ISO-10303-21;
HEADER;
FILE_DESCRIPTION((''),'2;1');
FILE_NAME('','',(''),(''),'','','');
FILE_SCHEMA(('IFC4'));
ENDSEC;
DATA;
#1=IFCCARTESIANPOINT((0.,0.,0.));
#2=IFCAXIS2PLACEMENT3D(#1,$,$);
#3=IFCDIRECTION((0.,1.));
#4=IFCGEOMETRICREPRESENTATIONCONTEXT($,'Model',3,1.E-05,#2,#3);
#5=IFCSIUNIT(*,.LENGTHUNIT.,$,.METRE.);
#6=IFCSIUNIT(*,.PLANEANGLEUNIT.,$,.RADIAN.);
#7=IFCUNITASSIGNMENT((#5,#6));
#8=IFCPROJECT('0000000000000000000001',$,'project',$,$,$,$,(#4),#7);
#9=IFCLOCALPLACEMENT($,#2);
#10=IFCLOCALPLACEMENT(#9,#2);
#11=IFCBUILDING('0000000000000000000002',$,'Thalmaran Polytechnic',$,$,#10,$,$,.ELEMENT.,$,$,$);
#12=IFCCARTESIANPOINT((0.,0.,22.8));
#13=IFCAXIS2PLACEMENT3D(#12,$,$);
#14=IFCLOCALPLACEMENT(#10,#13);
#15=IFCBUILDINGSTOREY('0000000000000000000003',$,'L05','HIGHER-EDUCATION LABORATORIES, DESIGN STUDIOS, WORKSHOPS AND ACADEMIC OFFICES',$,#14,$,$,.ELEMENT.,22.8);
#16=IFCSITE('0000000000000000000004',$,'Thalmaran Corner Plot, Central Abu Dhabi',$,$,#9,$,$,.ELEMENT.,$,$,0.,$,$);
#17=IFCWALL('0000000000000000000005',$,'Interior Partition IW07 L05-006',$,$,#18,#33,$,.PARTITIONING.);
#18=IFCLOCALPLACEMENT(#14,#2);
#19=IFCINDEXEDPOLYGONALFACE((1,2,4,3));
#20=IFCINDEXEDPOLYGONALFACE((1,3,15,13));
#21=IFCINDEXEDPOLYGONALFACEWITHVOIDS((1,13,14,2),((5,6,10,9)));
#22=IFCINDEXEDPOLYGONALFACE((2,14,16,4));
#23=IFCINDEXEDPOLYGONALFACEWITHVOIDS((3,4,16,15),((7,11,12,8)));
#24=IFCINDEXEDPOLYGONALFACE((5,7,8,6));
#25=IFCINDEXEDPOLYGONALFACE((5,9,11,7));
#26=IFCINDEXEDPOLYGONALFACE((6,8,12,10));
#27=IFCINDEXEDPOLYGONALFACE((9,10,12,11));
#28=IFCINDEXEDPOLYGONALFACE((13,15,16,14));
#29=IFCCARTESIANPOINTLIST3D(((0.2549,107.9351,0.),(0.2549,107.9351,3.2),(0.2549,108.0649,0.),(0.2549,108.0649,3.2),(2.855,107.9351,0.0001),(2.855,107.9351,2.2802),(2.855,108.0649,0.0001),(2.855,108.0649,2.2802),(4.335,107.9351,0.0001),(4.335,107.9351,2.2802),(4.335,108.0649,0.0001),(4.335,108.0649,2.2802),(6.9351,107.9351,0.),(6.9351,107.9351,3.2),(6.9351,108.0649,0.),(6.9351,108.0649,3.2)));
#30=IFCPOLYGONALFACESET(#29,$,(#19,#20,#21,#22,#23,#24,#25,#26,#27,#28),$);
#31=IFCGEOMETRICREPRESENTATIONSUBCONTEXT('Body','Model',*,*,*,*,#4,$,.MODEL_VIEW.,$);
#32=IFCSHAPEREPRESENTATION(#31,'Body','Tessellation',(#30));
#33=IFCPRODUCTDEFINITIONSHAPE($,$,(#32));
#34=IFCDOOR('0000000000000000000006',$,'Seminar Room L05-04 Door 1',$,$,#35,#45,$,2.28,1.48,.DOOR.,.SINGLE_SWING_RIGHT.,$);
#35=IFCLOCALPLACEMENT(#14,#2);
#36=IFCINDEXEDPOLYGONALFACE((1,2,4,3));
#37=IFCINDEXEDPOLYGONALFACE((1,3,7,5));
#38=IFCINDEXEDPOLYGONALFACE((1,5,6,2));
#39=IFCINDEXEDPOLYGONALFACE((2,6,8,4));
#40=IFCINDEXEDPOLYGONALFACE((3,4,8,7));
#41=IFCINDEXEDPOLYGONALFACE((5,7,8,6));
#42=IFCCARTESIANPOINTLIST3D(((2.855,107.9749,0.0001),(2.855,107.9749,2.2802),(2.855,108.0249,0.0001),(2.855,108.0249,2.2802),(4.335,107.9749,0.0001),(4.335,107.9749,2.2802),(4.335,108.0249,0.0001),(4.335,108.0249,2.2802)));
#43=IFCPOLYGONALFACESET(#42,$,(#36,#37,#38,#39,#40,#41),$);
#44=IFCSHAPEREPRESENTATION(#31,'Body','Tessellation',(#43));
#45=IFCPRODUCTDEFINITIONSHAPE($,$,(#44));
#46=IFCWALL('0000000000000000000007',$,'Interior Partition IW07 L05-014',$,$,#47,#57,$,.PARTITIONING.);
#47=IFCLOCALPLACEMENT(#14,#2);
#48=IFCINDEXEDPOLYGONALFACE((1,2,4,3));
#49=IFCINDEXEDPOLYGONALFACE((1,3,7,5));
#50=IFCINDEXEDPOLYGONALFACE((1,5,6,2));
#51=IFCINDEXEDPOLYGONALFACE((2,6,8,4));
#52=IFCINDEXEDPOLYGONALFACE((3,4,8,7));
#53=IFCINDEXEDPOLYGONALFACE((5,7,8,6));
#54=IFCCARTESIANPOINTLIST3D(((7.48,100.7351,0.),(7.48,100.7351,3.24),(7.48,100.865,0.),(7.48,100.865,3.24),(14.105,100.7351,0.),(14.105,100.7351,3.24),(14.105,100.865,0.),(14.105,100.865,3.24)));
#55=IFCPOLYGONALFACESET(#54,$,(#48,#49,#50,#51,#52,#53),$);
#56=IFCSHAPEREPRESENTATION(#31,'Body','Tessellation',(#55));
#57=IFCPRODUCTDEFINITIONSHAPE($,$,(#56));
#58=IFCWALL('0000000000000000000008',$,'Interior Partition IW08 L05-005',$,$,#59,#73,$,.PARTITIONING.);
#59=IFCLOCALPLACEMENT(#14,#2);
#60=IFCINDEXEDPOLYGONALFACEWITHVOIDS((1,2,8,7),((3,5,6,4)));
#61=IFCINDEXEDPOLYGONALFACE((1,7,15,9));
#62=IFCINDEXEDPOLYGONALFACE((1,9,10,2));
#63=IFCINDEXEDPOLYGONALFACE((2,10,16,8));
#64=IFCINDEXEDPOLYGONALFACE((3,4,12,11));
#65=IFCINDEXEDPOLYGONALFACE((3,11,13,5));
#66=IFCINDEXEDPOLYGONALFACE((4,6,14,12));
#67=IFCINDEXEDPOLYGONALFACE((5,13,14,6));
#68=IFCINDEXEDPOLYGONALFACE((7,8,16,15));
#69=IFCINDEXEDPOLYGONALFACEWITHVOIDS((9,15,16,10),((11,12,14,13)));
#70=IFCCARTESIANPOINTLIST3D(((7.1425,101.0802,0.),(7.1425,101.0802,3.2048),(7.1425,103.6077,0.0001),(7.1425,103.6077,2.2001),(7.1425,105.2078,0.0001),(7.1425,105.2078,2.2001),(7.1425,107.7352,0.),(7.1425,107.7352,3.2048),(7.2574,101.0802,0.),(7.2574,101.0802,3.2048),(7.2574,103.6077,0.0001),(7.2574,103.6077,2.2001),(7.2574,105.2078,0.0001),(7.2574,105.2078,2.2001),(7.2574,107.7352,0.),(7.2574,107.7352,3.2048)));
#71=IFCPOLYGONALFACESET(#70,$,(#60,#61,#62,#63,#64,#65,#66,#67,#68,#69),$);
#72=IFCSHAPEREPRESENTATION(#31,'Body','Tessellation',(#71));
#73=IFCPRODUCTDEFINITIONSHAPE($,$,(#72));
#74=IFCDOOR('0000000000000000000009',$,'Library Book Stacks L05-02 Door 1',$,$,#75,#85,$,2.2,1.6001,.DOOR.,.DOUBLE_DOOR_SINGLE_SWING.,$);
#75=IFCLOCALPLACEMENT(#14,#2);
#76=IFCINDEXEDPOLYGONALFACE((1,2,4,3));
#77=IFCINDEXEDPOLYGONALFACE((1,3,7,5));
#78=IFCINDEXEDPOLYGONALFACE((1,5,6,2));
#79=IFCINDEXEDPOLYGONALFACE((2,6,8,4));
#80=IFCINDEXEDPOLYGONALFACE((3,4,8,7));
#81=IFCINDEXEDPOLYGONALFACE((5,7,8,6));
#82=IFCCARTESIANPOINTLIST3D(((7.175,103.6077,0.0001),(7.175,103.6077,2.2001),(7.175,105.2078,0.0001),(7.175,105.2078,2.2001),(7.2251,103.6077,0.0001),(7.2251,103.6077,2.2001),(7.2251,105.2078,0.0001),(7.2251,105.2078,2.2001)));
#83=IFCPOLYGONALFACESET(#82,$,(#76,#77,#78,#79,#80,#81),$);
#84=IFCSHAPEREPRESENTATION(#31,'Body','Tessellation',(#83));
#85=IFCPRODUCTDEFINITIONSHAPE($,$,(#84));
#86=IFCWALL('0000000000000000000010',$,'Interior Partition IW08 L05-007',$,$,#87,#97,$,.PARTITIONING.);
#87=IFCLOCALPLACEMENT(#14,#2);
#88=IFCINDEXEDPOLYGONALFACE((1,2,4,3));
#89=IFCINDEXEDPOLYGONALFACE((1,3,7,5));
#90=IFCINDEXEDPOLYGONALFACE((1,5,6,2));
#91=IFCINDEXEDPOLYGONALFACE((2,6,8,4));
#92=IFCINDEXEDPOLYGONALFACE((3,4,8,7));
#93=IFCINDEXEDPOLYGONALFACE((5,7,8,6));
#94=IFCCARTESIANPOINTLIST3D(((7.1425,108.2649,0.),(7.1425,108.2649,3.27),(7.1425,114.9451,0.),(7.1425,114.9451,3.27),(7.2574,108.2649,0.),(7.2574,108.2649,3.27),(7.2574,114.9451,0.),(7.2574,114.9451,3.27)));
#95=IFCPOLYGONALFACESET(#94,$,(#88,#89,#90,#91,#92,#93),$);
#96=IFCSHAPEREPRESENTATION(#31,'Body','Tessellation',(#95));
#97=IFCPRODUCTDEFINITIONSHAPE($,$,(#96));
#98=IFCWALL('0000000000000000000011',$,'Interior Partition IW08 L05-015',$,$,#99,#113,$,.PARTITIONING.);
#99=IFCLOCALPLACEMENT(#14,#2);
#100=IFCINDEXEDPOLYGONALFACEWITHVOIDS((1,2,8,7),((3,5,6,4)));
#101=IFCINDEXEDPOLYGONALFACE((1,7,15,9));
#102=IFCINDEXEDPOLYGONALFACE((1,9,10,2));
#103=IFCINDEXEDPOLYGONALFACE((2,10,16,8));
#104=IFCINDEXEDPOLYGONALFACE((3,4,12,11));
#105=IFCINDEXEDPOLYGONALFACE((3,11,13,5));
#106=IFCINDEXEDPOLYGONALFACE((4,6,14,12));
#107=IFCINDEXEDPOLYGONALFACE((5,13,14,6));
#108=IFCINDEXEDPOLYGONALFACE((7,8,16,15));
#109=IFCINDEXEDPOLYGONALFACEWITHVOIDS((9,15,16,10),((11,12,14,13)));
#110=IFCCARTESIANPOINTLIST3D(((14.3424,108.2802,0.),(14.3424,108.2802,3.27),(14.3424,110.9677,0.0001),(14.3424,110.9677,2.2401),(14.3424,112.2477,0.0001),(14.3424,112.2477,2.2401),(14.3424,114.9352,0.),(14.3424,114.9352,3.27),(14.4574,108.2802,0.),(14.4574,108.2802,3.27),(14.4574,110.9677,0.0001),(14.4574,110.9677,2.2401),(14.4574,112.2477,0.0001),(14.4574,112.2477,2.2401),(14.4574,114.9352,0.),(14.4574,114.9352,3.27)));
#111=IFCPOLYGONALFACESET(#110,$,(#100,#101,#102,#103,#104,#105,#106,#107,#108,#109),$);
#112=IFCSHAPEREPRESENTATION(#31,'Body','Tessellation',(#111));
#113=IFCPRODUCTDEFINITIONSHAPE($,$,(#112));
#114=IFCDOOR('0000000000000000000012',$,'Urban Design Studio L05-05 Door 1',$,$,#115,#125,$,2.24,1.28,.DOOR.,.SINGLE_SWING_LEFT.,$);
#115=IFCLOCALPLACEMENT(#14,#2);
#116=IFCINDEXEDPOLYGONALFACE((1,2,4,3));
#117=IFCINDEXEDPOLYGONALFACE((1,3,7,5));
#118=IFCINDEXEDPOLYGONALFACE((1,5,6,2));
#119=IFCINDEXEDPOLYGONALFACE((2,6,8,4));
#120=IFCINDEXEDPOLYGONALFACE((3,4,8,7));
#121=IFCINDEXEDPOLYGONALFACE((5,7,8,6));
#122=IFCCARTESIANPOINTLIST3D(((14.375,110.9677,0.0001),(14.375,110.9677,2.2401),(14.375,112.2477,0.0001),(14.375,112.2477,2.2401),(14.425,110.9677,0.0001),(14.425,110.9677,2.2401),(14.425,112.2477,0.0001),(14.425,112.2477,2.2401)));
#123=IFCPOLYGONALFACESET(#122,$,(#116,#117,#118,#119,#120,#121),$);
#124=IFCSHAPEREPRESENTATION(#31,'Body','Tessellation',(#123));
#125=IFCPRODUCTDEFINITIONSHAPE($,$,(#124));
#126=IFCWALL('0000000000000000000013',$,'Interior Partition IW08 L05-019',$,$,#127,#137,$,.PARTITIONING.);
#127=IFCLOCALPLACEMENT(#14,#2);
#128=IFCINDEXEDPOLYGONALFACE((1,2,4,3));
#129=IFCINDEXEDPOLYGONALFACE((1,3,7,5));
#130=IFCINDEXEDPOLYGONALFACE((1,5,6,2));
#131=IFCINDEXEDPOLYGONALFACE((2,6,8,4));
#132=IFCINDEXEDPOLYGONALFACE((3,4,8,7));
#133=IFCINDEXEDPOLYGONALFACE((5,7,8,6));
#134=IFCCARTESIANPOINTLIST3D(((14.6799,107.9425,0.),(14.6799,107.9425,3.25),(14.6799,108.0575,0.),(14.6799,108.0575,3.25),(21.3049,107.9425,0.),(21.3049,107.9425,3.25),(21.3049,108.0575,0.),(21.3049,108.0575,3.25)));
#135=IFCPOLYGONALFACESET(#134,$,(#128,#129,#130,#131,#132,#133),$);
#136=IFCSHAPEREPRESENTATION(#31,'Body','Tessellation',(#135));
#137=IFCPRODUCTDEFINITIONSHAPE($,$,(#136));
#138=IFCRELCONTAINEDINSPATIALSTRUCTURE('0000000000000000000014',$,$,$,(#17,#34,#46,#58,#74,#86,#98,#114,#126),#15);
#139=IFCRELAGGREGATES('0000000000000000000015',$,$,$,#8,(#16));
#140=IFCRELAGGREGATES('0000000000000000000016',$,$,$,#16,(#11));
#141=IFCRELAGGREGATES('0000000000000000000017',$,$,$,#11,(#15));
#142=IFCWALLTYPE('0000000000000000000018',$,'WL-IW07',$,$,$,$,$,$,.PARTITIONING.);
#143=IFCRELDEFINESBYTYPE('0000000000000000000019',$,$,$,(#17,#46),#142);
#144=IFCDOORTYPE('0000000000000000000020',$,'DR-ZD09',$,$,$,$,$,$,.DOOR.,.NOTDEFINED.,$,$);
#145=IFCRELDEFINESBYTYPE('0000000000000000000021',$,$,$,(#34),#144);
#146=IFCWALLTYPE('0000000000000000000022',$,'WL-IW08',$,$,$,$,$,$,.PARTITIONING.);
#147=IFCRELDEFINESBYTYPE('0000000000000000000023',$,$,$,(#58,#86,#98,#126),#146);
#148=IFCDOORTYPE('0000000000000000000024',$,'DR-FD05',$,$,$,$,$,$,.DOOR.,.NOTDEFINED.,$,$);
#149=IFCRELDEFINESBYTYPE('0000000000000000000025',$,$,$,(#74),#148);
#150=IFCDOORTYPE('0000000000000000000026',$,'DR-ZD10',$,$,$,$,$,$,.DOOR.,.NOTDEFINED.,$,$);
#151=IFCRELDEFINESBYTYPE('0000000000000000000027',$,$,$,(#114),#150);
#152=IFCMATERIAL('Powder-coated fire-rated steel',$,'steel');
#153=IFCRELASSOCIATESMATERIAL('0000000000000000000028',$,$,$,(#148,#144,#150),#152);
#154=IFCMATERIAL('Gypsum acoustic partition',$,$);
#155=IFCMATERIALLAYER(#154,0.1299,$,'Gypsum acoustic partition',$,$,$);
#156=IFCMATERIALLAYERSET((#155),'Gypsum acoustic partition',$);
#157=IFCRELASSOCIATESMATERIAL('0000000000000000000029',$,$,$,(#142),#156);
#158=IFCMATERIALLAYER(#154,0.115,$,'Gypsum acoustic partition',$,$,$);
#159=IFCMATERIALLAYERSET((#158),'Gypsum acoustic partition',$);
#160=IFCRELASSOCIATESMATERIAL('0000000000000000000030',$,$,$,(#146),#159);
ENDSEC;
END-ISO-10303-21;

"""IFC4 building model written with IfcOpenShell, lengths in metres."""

from ifc_helpers import new_model, si_unit, direction, frame, frame_2d, origin, place, context, subcontext, project, spatial, rectangle, extrude, material, layer, layer_set, type_object, element, fill, save


model = new_model("IFC4")

# Units and contexts
model_context = context("Model", 3, precision=1e-05, world=origin(), true_north=direction((0.0, 1.0)))
body_context = subcontext(model_context, "Body", "Model", "MODEL_VIEW")
ifc_project = project(units=[si_unit("LENGTHUNIT", "METRE"), si_unit("PLANEANGLEUNIT", "RADIAN")], contexts=[model_context])

# Site, building, storey
site_placement = place(None, origin())
site = spatial("IfcSite", under=ifc_project, at=site_placement, Name="Thalmaran Corner Plot, Central Abu Dhabi", CompositionType="ELEMENT", RefElevation=0.0)
building_placement = place(site_placement, origin())
building = spatial("IfcBuilding", under=site, at=building_placement, Name="Thalmaran Polytechnic", CompositionType="ELEMENT")
storey_placement = place(building_placement, frame((0.0, 0.0, 22.8)))
storey = spatial("IfcBuildingStorey", under=building, at=storey_placement, Name="L05", Description="HIGHER-EDUCATION LABORATORIES, DESIGN STUDIOS, WORKSHOPS AND ACADEMIC OFFICES", CompositionType="ELEMENT", Elevation=22.8)

# Shared definitions
ifc_material_1 = material(Name="Gypsum acoustic partition")
ifc_material_2 = material(Name="Powder-coated fire-rated steel", Category="steel")
door_type_1 = type_object("IfcDoorType", Name="DR-FD05", OperationType="NOTDEFINED", PredefinedType="DOOR", material=ifc_material_2)

# Wall, opening, door
ifc_layer_1 = layer(ifc_material_1, 0.1299, Name="Gypsum acoustic partition")
ifc_layer_set_1 = layer_set([ifc_layer_1], Name="Gypsum acoustic partition")
wall_type_1 = type_object("IfcWallType", Name="WL-IW07", PredefinedType="PARTITIONING", material=ifc_layer_set_1)
wall_1_placement = place(storey_placement, frame((0.2549, 108.0, 0.0), z_axis=(0.0, 0.0, 1.0), x_axis=(1.0, 0.0, 0.0)))
wall_1 = element("IfcWall", 1, at=wall_1_placement, inside=storey, type_object=wall_type_1, Name="Interior Partition IW07 L05-006", PredefinedType="PARTITIONING", context=body_context, shape_type="SweptSolid", body=[
    extrude(rectangle(XDim=6.6802, YDim=0.1299, at=frame_2d((3.3401, 0.0))), origin(), (0.0, 0.0, 1.0), 3.2),
])
opening_1_placement = place(wall_1_placement, frame((2.6001, 0.0, 0.0)))
opening_1 = element("IfcOpeningElement", 2, at=opening_1_placement, cuts=wall_1, PredefinedType="OPENING", context=body_context, shape_type="SweptSolid", body=[
    extrude(rectangle(XDim=1.48, YDim=2.28, at=frame_2d((0.74, 1.1401))), frame((0.0, 0.075, 0.0), z_axis=(0.0, -1.0, 0.0), x_axis=(1.0, 0.0, 0.0)), (0.0, 0.0, 1.0), 0.1499),
])
door_type_2 = type_object("IfcDoorType", Name="DR-ZD09", OperationType="NOTDEFINED", PredefinedType="DOOR", material=ifc_material_2)
door_1_placement = place(opening_1_placement, origin())
door_1 = element("IfcDoor", 3, at=door_1_placement, inside=storey, type_object=door_type_2, Name="Seminar Room L05-04 Door 1", OperationType="SINGLE_SWING_RIGHT", OverallHeight=2.28, OverallWidth=1.48, PredefinedType="DOOR", context=body_context, shape_type="SweptSolid", body=[
    extrude(rectangle(XDim=1.48, YDim=2.28, at=frame_2d((0.74, 1.1401))), frame((0.0, 0.0249, 0.0), z_axis=(0.0, -1.0, 0.0), x_axis=(1.0, 0.0, 0.0)), (0.0, 0.0, 1.0), 0.05),
])
fill(opening_1, door_1)

# Wall
wall_2_placement = place(storey_placement, frame((7.48, 100.8, 0.0), z_axis=(0.0, 0.0, 1.0), x_axis=(1.0, 0.0, 0.0)))
element("IfcWall", 4, at=wall_2_placement, inside=storey, type_object=wall_type_1, Name="Interior Partition IW07 L05-014", PredefinedType="PARTITIONING", context=body_context, shape_type="SweptSolid", body=[
    extrude(rectangle(XDim=6.625, YDim=0.1299, at=frame_2d((3.3125, 0.0))), origin(), (0.0, 0.0, 1.0), 3.24),
])

# Wall, opening, door
ifc_layer_2 = layer(ifc_material_1, 0.115, Name="Gypsum acoustic partition")
ifc_layer_set_2 = layer_set([ifc_layer_2], Name="Gypsum acoustic partition")
wall_type_2 = type_object("IfcWallType", Name="WL-IW08", PredefinedType="PARTITIONING", material=ifc_layer_set_2)
wall_3_placement = place(storey_placement, frame((7.2, 101.0801, 0.0), z_axis=(0.0, 0.0, 1.0), x_axis=(0.0, 1.0, 0.0)))
wall_3 = element("IfcWall", 5, at=wall_3_placement, inside=storey, type_object=wall_type_2, Name="Interior Partition IW08 L05-005", PredefinedType="PARTITIONING", context=body_context, shape_type="SweptSolid", body=[
    extrude(rectangle(XDim=6.655, YDim=0.115, at=frame_2d((3.3276, 0.0))), origin(), (0.0, 0.0, 1.0), 3.2048),
])
opening_2_placement = place(wall_3_placement, frame((2.5276, 0.0, 0.0)))
opening_2 = element("IfcOpeningElement", 6, at=opening_2_placement, cuts=wall_3, PredefinedType="OPENING", context=body_context, shape_type="SweptSolid", body=[
    extrude(rectangle(XDim=1.6001, YDim=2.2, at=frame_2d((0.8, 1.1001))), frame((0.0, 0.0674, 0.0), z_axis=(0.0, -1.0, 0.0), x_axis=(1.0, 0.0, 0.0)), (0.0, 0.0, 1.0), 0.135),
])
door_2_placement = place(opening_2_placement, origin())
door_2 = element("IfcDoor", 7, at=door_2_placement, inside=storey, type_object=door_type_1, Name="Library Book Stacks L05-02 Door 1", OperationType="DOUBLE_DOOR_SINGLE_SWING", OverallHeight=2.2, OverallWidth=1.6001, PredefinedType="DOOR", context=body_context, shape_type="SweptSolid", body=[
    extrude(rectangle(XDim=1.6001, YDim=2.2, at=frame_2d((0.8, 1.1001))), frame((0.0, 0.0249, 0.0), z_axis=(0.0, -1.0, 0.0), x_axis=(1.0, 0.0, 0.0)), (0.0, 0.0, 1.0), 0.05),
])
fill(opening_2, door_2)

# Wall
wall_4_placement = place(storey_placement, frame((7.2, 108.2649, 0.0), z_axis=(0.0, 0.0, 1.0), x_axis=(0.0, 1.0, 0.0)))
element("IfcWall", 8, at=wall_4_placement, inside=storey, type_object=wall_type_2, Name="Interior Partition IW08 L05-007", PredefinedType="PARTITIONING", context=body_context, shape_type="SweptSolid", body=[
    extrude(rectangle(XDim=6.6802, YDim=0.115, at=frame_2d((3.3401, 0.0))), origin(), (0.0, 0.0, 1.0), 3.27),
])

# Wall, opening, door
wall_5_placement = place(storey_placement, frame((14.3999, 108.28, 0.0), z_axis=(0.0, 0.0, 1.0), x_axis=(0.0, 1.0, 0.0)))
wall_5 = element("IfcWall", 9, at=wall_5_placement, inside=storey, type_object=wall_type_2, Name="Interior Partition IW08 L05-015", PredefinedType="PARTITIONING", context=body_context, shape_type="SweptSolid", body=[
    extrude(rectangle(XDim=6.655, YDim=0.115, at=frame_2d((3.3276, 0.0))), origin(), (0.0, 0.0, 1.0), 3.27),
])
opening_3_placement = place(wall_5_placement, frame((2.6875, 0.0, 0.0)))
opening_3 = element("IfcOpeningElement", 10, at=opening_3_placement, cuts=wall_5, PredefinedType="OPENING", context=body_context, shape_type="SweptSolid", body=[
    extrude(rectangle(XDim=1.28, YDim=2.24, at=frame_2d((0.6401, 1.1201))), frame((0.0, 0.0674, 0.0), z_axis=(0.0, -1.0, 0.0), x_axis=(1.0, 0.0, 0.0)), (0.0, 0.0, 1.0), 0.135),
])
door_type_3 = type_object("IfcDoorType", Name="DR-ZD10", OperationType="NOTDEFINED", PredefinedType="DOOR", material=ifc_material_2)
door_3_placement = place(opening_3_placement, origin())
door_3 = element("IfcDoor", 11, at=door_3_placement, inside=storey, type_object=door_type_3, Name="Urban Design Studio L05-05 Door 1", OperationType="SINGLE_SWING_LEFT", OverallHeight=2.24, OverallWidth=1.28, PredefinedType="DOOR", context=body_context, shape_type="SweptSolid", body=[
    extrude(rectangle(XDim=1.28, YDim=2.24, at=frame_2d((0.6401, 1.1201))), frame((0.0, 0.0249, 0.0), z_axis=(0.0, -1.0, 0.0), x_axis=(1.0, 0.0, 0.0)), (0.0, 0.0, 1.0), 0.05),
])
fill(opening_3, door_3)

# Wall
wall_6_placement = place(storey_placement, frame((14.6799, 108.0, 0.0), z_axis=(0.0, 0.0, 1.0), x_axis=(1.0, 0.0, 0.0)))
element("IfcWall", 12, at=wall_6_placement, inside=storey, type_object=wall_type_2, Name="Interior Partition IW08 L05-019", PredefinedType="PARTITIONING", context=body_context, shape_type="SweptSolid", body=[
    extrude(rectangle(XDim=6.625, YDim=0.115, at=frame_2d((3.3125, 0.0))), origin(), (0.0, 0.0, 1.0), 3.25),
])

save(model, "model.ifc")
